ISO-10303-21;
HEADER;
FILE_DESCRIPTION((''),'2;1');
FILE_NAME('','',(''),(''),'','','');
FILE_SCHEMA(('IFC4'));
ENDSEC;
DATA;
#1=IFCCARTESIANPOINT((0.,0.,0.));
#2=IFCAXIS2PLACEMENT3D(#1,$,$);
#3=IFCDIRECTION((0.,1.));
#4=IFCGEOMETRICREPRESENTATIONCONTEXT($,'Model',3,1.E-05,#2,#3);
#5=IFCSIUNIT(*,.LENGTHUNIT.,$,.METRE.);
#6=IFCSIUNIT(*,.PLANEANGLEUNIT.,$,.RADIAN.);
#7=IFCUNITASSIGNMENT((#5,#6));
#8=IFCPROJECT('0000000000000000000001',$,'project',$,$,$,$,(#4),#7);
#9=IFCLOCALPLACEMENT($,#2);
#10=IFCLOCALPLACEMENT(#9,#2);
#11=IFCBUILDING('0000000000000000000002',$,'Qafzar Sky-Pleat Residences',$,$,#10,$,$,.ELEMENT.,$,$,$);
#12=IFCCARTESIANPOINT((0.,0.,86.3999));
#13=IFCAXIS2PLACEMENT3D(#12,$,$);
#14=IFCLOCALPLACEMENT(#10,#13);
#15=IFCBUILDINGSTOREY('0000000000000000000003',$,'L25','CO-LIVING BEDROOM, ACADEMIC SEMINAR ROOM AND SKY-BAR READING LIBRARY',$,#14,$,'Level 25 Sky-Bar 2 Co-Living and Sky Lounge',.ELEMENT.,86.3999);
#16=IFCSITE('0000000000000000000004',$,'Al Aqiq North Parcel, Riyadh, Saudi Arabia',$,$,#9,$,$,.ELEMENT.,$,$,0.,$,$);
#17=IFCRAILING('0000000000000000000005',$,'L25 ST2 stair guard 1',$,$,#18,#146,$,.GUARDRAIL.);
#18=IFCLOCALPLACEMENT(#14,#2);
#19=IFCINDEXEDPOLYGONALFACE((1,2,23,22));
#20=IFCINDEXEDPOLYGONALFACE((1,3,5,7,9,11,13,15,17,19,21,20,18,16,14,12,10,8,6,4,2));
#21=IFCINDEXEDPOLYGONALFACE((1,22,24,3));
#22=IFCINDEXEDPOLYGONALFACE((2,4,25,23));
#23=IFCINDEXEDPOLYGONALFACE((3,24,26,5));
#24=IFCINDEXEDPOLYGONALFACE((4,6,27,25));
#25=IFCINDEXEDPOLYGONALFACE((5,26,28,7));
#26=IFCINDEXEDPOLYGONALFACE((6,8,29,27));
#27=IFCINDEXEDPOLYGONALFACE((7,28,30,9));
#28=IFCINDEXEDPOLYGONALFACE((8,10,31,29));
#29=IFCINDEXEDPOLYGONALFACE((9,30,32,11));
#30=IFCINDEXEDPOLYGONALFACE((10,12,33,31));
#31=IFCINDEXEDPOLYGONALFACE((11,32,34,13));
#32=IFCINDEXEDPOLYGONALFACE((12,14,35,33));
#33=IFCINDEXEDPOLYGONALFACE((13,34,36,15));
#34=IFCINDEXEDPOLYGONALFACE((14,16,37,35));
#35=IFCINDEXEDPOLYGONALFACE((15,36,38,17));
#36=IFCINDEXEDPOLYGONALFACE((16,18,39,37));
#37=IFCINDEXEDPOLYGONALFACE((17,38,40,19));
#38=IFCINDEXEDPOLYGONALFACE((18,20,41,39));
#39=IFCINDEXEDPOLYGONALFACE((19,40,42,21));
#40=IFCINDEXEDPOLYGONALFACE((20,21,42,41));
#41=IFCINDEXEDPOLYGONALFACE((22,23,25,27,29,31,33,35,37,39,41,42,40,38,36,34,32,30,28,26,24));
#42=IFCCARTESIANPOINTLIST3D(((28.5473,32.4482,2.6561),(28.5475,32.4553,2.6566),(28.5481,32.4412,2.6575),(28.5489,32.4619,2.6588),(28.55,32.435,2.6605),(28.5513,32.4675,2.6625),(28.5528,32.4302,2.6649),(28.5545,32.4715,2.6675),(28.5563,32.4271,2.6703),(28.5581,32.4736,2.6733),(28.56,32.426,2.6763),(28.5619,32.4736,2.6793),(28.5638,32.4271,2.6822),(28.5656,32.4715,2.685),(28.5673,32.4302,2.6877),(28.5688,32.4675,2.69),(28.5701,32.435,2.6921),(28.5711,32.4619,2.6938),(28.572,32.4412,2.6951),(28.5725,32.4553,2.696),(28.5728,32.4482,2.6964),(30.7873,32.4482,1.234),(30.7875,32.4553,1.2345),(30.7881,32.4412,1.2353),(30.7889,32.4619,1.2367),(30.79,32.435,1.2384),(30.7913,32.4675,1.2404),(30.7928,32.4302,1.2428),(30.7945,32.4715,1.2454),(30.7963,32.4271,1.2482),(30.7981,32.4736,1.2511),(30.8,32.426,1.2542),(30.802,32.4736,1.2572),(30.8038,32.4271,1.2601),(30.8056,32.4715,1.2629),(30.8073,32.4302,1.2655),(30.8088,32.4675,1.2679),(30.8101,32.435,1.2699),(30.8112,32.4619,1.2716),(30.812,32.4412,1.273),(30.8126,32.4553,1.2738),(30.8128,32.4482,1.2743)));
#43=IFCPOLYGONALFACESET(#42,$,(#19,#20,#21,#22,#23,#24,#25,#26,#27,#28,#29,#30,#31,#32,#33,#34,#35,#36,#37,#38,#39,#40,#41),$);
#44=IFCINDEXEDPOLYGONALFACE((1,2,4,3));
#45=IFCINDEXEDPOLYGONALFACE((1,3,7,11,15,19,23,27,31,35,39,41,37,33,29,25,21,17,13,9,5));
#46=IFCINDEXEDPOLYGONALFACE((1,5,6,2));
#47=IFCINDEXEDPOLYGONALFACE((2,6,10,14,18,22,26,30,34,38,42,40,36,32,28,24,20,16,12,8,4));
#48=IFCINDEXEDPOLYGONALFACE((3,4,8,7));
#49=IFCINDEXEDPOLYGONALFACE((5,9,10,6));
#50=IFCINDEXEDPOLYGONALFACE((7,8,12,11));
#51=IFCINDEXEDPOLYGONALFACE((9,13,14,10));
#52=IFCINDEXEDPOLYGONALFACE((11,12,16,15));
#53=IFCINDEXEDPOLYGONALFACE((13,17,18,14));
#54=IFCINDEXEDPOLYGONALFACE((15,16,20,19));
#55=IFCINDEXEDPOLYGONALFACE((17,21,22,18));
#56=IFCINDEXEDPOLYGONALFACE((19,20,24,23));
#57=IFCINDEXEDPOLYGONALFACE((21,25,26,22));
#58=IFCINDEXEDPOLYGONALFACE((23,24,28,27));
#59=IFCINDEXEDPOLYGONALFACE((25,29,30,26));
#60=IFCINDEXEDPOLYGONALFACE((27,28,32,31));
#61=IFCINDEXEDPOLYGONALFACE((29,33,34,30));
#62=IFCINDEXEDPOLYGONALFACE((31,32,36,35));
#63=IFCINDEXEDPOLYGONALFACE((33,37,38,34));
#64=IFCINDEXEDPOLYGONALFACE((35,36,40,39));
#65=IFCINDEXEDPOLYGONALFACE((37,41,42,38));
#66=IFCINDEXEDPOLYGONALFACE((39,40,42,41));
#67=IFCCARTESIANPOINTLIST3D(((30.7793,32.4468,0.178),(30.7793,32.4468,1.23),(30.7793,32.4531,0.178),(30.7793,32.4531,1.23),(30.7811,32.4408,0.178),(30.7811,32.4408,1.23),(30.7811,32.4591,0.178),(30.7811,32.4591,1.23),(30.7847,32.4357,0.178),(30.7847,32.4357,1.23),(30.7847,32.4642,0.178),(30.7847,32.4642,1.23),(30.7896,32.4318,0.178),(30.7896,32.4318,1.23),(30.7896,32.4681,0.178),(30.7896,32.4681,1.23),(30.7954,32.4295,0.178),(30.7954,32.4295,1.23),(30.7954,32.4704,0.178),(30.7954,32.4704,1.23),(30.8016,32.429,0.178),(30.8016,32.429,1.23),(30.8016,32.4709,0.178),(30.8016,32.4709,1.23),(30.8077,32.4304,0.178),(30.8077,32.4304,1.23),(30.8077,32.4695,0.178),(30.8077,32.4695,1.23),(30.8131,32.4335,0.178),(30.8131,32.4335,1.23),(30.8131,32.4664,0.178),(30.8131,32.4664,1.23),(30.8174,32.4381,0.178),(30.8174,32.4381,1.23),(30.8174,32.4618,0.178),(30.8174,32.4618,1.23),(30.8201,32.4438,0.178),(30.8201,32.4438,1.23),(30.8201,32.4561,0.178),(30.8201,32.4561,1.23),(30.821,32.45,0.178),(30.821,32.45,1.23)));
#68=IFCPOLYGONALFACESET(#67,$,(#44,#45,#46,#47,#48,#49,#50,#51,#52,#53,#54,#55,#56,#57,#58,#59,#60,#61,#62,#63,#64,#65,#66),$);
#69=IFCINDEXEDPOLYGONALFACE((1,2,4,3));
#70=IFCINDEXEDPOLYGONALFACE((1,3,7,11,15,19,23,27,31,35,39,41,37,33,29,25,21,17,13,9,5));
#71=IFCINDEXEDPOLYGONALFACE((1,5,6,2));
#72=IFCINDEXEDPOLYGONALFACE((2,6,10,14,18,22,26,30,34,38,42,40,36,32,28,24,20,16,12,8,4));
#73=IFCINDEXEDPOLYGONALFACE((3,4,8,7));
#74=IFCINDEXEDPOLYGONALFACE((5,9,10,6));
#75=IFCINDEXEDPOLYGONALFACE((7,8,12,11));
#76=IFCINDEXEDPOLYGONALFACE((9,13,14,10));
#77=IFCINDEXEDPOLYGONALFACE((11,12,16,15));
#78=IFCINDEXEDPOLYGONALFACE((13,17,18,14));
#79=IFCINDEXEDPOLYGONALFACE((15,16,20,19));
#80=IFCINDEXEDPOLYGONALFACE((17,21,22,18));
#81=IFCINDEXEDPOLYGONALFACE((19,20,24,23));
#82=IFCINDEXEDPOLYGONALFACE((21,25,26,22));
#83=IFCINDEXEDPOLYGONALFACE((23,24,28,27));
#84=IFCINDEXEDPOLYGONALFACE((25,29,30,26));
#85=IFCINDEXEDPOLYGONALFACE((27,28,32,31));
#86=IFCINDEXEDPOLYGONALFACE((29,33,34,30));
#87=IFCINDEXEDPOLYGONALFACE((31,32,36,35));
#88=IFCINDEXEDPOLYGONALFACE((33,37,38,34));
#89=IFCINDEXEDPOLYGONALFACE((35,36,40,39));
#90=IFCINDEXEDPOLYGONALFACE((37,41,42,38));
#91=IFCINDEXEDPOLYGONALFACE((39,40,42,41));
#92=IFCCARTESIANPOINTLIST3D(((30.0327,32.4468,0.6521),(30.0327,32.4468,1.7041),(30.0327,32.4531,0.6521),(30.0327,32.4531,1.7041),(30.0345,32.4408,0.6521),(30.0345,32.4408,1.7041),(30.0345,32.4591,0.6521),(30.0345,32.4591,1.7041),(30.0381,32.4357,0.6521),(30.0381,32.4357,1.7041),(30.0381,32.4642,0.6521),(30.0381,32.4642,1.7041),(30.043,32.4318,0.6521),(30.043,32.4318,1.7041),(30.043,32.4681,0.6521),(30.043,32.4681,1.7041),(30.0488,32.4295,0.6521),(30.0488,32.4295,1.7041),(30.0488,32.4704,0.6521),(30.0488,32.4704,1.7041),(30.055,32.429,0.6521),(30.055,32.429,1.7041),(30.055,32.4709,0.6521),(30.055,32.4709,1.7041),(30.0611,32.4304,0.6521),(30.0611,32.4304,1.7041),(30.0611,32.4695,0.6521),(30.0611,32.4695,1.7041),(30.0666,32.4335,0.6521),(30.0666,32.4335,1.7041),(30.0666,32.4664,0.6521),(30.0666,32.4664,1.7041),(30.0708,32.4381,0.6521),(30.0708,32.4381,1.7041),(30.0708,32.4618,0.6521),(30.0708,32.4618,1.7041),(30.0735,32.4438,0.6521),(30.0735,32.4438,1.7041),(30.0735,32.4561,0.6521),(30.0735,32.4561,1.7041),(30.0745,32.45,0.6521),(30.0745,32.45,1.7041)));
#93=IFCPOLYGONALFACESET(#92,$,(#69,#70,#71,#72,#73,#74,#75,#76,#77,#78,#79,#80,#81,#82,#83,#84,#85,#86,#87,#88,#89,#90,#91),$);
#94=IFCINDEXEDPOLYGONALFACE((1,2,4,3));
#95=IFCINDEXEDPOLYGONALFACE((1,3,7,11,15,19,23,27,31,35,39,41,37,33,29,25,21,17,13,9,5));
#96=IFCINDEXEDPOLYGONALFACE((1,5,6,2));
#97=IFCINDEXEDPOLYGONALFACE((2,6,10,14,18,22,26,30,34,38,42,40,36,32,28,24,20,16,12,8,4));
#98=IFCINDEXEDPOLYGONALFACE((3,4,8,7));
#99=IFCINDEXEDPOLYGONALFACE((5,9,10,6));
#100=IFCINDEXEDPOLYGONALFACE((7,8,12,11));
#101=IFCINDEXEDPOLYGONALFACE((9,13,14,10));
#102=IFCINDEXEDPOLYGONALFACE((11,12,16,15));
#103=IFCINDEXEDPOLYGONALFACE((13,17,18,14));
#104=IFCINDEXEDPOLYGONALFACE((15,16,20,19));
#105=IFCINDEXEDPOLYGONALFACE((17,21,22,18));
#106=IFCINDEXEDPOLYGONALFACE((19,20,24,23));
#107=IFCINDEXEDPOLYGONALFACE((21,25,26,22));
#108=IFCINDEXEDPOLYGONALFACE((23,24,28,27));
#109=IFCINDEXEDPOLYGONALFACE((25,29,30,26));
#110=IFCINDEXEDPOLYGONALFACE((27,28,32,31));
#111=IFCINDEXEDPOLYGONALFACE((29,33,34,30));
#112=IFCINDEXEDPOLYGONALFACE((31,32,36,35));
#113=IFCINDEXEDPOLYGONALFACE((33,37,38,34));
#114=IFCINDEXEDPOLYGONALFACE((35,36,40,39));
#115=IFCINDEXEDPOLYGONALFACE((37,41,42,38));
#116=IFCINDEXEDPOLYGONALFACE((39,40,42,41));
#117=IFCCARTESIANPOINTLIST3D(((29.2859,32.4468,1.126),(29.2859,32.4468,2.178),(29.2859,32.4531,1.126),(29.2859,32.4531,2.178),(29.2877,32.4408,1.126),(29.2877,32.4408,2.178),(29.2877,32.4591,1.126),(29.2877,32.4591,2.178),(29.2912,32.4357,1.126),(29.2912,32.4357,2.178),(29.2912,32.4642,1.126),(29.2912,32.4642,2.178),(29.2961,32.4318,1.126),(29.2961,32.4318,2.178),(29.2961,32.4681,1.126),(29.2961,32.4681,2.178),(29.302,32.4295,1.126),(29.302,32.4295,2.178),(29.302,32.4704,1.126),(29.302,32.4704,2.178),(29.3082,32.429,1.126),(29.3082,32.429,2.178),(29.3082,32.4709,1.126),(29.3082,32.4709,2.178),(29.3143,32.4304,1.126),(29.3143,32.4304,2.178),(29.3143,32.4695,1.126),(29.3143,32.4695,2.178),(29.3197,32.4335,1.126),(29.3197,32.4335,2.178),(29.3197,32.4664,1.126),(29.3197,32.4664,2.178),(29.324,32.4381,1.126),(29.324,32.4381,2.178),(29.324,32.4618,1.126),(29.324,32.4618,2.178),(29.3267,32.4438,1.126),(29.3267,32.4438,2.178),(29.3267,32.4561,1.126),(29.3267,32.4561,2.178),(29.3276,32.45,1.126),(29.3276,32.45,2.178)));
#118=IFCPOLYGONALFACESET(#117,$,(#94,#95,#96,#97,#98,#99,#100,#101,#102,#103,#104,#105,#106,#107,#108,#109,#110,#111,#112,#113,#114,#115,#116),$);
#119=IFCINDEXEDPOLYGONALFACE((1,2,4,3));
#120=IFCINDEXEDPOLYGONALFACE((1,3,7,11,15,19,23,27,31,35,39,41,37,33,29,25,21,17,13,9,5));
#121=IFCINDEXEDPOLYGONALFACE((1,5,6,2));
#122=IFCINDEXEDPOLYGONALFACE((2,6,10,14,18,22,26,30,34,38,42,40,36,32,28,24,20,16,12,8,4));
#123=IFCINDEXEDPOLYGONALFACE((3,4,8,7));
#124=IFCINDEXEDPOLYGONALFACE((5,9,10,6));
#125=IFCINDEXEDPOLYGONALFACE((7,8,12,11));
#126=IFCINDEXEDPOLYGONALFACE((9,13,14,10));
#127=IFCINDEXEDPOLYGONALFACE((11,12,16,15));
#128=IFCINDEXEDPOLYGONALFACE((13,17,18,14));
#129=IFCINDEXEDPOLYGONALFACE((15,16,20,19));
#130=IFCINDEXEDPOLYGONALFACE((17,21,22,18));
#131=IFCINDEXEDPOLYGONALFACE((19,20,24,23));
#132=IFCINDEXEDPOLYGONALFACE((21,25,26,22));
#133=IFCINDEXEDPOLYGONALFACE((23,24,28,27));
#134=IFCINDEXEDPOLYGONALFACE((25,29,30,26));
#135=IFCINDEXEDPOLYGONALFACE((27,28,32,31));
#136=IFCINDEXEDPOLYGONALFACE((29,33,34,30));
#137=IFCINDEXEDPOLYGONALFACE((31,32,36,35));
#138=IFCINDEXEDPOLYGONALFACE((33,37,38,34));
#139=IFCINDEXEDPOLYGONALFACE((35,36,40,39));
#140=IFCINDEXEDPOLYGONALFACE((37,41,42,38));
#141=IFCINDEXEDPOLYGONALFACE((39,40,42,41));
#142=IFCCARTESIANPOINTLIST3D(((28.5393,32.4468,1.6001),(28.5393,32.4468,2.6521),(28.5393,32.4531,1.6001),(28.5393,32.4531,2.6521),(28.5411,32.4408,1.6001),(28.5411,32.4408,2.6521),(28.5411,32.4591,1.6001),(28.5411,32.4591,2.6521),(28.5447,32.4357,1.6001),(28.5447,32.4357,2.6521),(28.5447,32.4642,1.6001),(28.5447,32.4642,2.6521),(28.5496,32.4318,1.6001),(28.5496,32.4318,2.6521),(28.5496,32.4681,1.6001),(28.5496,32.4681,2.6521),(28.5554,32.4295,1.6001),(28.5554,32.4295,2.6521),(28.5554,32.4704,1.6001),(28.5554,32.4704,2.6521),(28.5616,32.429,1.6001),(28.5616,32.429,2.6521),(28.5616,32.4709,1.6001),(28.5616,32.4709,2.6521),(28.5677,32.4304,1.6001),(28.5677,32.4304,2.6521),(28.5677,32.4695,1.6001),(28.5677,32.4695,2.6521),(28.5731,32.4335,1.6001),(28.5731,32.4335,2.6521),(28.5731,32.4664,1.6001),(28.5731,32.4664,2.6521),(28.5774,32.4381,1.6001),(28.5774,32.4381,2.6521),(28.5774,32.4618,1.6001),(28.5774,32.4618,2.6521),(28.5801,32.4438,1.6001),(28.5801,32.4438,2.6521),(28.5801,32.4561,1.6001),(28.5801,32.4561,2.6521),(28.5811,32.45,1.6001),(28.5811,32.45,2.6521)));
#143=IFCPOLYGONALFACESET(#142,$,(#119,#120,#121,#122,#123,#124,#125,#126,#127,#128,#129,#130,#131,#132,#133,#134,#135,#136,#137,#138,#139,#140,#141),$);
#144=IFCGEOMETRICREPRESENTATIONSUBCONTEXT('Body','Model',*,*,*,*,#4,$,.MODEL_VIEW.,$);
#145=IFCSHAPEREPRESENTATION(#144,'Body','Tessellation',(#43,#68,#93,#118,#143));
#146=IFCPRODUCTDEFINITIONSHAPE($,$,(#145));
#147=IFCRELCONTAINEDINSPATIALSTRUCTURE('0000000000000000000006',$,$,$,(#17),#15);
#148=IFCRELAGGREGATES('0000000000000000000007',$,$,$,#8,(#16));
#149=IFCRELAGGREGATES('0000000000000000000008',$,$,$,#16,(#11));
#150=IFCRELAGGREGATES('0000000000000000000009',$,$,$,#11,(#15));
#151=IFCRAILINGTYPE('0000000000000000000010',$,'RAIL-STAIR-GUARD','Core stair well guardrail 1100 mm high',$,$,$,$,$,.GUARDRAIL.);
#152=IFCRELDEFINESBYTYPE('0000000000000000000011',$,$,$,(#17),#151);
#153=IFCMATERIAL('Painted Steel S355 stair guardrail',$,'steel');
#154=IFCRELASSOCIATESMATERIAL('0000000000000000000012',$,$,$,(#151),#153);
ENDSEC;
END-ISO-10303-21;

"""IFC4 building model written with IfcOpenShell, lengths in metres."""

from ifc_helpers import new_model, si_unit, direction, frame, origin, origin_2d, place, context, subcontext, project, spatial, circle, extrude, source, transform, mapped, material, type_object, element, save


model = new_model("IFC4")

# Units and contexts
model_context = context("Model", 3, precision=1e-05, world=origin(), true_north=direction((0.0, 1.0)))
body_context = subcontext(model_context, "Body", "Model", "MODEL_VIEW")
ifc_project = project(units=[si_unit("LENGTHUNIT", "METRE"), si_unit("PLANEANGLEUNIT", "RADIAN")], contexts=[model_context])

# Site, building, storey
site_placement = place(None, origin())
site = spatial("IfcSite", under=ifc_project, at=site_placement, Name="Al Aqiq North Parcel, Riyadh, Saudi Arabia", CompositionType="ELEMENT", RefElevation=0.0)
building_placement = place(site_placement, origin())
building = spatial("IfcBuilding", under=site, at=building_placement, Name="Qafzar Sky-Pleat Residences", CompositionType="ELEMENT")
storey_placement = place(building_placement, frame((0.0, 0.0, 86.3999)))
storey = spatial("IfcBuildingStorey", under=building, at=storey_placement, Name="L25", Description="CO-LIVING BEDROOM, ACADEMIC SEMINAR ROOM AND SKY-BAR READING LIBRARY", LongName="Level 25 Sky-Bar 2 Co-Living and Sky Lounge", CompositionType="ELEMENT", Elevation=86.3999)

# Railing
ifc_material_1 = material(Name="Painted Steel S355 stair guardrail", Category="steel")
railing_type_1 = type_object("IfcRailingType", Name="RAIL-STAIR-GUARD", Description="Core stair well guardrail 1100 mm high", PredefinedType="GUARDRAIL", material=ifc_material_1)
shared_shape_1 = source(origin(), body_context, "Body", "SweptSolid", [
    extrude(circle(Radius=0.0239, at=origin_2d()), frame((0.0, 0.0, 1.0762), z_axis=(-0.844229, 0.0, 0.535982), x_axis=(0.0, -1.0, 0.0)), (0.0, 0.0, 1.0), 2.6533),
    extrude(circle(Radius=0.021, at=origin_2d()), origin(), (0.0, 0.0, 1.0), 1.052),
    extrude(circle(Radius=0.021, at=origin_2d()), frame((-0.7466, 0.0, 0.4741)), (0.0, 0.0, 1.0), 1.052),
    extrude(circle(Radius=0.021, at=origin_2d()), frame((-1.4934, 0.0, 0.948)), (0.0, 0.0, 1.0), 1.052),
    extrude(circle(Radius=0.021, at=origin_2d()), frame((-2.24, 0.0, 1.4221)), (0.0, 0.0, 1.0), 1.052),
])
railing_1_placement = place(storey_placement, frame((30.8, 32.45, 0.178)))
element("IfcRailing", 1, at=railing_1_placement, inside=storey, type_object=railing_type_1, Name="L25 ST2 stair guard 1", PredefinedType="GUARDRAIL", context=body_context, shape_type="MappedRepresentation", body=[
    mapped(shared_shape_1, transform((0.0, 0.0, 0.0), x_axis=(1.0, 0.0, 0.0), y_axis=(0.0, 1.0, 0.0), z_axis=(0.0, 0.0, 1.0), scale=1.0)),
])

save(model, "model.ifc")
